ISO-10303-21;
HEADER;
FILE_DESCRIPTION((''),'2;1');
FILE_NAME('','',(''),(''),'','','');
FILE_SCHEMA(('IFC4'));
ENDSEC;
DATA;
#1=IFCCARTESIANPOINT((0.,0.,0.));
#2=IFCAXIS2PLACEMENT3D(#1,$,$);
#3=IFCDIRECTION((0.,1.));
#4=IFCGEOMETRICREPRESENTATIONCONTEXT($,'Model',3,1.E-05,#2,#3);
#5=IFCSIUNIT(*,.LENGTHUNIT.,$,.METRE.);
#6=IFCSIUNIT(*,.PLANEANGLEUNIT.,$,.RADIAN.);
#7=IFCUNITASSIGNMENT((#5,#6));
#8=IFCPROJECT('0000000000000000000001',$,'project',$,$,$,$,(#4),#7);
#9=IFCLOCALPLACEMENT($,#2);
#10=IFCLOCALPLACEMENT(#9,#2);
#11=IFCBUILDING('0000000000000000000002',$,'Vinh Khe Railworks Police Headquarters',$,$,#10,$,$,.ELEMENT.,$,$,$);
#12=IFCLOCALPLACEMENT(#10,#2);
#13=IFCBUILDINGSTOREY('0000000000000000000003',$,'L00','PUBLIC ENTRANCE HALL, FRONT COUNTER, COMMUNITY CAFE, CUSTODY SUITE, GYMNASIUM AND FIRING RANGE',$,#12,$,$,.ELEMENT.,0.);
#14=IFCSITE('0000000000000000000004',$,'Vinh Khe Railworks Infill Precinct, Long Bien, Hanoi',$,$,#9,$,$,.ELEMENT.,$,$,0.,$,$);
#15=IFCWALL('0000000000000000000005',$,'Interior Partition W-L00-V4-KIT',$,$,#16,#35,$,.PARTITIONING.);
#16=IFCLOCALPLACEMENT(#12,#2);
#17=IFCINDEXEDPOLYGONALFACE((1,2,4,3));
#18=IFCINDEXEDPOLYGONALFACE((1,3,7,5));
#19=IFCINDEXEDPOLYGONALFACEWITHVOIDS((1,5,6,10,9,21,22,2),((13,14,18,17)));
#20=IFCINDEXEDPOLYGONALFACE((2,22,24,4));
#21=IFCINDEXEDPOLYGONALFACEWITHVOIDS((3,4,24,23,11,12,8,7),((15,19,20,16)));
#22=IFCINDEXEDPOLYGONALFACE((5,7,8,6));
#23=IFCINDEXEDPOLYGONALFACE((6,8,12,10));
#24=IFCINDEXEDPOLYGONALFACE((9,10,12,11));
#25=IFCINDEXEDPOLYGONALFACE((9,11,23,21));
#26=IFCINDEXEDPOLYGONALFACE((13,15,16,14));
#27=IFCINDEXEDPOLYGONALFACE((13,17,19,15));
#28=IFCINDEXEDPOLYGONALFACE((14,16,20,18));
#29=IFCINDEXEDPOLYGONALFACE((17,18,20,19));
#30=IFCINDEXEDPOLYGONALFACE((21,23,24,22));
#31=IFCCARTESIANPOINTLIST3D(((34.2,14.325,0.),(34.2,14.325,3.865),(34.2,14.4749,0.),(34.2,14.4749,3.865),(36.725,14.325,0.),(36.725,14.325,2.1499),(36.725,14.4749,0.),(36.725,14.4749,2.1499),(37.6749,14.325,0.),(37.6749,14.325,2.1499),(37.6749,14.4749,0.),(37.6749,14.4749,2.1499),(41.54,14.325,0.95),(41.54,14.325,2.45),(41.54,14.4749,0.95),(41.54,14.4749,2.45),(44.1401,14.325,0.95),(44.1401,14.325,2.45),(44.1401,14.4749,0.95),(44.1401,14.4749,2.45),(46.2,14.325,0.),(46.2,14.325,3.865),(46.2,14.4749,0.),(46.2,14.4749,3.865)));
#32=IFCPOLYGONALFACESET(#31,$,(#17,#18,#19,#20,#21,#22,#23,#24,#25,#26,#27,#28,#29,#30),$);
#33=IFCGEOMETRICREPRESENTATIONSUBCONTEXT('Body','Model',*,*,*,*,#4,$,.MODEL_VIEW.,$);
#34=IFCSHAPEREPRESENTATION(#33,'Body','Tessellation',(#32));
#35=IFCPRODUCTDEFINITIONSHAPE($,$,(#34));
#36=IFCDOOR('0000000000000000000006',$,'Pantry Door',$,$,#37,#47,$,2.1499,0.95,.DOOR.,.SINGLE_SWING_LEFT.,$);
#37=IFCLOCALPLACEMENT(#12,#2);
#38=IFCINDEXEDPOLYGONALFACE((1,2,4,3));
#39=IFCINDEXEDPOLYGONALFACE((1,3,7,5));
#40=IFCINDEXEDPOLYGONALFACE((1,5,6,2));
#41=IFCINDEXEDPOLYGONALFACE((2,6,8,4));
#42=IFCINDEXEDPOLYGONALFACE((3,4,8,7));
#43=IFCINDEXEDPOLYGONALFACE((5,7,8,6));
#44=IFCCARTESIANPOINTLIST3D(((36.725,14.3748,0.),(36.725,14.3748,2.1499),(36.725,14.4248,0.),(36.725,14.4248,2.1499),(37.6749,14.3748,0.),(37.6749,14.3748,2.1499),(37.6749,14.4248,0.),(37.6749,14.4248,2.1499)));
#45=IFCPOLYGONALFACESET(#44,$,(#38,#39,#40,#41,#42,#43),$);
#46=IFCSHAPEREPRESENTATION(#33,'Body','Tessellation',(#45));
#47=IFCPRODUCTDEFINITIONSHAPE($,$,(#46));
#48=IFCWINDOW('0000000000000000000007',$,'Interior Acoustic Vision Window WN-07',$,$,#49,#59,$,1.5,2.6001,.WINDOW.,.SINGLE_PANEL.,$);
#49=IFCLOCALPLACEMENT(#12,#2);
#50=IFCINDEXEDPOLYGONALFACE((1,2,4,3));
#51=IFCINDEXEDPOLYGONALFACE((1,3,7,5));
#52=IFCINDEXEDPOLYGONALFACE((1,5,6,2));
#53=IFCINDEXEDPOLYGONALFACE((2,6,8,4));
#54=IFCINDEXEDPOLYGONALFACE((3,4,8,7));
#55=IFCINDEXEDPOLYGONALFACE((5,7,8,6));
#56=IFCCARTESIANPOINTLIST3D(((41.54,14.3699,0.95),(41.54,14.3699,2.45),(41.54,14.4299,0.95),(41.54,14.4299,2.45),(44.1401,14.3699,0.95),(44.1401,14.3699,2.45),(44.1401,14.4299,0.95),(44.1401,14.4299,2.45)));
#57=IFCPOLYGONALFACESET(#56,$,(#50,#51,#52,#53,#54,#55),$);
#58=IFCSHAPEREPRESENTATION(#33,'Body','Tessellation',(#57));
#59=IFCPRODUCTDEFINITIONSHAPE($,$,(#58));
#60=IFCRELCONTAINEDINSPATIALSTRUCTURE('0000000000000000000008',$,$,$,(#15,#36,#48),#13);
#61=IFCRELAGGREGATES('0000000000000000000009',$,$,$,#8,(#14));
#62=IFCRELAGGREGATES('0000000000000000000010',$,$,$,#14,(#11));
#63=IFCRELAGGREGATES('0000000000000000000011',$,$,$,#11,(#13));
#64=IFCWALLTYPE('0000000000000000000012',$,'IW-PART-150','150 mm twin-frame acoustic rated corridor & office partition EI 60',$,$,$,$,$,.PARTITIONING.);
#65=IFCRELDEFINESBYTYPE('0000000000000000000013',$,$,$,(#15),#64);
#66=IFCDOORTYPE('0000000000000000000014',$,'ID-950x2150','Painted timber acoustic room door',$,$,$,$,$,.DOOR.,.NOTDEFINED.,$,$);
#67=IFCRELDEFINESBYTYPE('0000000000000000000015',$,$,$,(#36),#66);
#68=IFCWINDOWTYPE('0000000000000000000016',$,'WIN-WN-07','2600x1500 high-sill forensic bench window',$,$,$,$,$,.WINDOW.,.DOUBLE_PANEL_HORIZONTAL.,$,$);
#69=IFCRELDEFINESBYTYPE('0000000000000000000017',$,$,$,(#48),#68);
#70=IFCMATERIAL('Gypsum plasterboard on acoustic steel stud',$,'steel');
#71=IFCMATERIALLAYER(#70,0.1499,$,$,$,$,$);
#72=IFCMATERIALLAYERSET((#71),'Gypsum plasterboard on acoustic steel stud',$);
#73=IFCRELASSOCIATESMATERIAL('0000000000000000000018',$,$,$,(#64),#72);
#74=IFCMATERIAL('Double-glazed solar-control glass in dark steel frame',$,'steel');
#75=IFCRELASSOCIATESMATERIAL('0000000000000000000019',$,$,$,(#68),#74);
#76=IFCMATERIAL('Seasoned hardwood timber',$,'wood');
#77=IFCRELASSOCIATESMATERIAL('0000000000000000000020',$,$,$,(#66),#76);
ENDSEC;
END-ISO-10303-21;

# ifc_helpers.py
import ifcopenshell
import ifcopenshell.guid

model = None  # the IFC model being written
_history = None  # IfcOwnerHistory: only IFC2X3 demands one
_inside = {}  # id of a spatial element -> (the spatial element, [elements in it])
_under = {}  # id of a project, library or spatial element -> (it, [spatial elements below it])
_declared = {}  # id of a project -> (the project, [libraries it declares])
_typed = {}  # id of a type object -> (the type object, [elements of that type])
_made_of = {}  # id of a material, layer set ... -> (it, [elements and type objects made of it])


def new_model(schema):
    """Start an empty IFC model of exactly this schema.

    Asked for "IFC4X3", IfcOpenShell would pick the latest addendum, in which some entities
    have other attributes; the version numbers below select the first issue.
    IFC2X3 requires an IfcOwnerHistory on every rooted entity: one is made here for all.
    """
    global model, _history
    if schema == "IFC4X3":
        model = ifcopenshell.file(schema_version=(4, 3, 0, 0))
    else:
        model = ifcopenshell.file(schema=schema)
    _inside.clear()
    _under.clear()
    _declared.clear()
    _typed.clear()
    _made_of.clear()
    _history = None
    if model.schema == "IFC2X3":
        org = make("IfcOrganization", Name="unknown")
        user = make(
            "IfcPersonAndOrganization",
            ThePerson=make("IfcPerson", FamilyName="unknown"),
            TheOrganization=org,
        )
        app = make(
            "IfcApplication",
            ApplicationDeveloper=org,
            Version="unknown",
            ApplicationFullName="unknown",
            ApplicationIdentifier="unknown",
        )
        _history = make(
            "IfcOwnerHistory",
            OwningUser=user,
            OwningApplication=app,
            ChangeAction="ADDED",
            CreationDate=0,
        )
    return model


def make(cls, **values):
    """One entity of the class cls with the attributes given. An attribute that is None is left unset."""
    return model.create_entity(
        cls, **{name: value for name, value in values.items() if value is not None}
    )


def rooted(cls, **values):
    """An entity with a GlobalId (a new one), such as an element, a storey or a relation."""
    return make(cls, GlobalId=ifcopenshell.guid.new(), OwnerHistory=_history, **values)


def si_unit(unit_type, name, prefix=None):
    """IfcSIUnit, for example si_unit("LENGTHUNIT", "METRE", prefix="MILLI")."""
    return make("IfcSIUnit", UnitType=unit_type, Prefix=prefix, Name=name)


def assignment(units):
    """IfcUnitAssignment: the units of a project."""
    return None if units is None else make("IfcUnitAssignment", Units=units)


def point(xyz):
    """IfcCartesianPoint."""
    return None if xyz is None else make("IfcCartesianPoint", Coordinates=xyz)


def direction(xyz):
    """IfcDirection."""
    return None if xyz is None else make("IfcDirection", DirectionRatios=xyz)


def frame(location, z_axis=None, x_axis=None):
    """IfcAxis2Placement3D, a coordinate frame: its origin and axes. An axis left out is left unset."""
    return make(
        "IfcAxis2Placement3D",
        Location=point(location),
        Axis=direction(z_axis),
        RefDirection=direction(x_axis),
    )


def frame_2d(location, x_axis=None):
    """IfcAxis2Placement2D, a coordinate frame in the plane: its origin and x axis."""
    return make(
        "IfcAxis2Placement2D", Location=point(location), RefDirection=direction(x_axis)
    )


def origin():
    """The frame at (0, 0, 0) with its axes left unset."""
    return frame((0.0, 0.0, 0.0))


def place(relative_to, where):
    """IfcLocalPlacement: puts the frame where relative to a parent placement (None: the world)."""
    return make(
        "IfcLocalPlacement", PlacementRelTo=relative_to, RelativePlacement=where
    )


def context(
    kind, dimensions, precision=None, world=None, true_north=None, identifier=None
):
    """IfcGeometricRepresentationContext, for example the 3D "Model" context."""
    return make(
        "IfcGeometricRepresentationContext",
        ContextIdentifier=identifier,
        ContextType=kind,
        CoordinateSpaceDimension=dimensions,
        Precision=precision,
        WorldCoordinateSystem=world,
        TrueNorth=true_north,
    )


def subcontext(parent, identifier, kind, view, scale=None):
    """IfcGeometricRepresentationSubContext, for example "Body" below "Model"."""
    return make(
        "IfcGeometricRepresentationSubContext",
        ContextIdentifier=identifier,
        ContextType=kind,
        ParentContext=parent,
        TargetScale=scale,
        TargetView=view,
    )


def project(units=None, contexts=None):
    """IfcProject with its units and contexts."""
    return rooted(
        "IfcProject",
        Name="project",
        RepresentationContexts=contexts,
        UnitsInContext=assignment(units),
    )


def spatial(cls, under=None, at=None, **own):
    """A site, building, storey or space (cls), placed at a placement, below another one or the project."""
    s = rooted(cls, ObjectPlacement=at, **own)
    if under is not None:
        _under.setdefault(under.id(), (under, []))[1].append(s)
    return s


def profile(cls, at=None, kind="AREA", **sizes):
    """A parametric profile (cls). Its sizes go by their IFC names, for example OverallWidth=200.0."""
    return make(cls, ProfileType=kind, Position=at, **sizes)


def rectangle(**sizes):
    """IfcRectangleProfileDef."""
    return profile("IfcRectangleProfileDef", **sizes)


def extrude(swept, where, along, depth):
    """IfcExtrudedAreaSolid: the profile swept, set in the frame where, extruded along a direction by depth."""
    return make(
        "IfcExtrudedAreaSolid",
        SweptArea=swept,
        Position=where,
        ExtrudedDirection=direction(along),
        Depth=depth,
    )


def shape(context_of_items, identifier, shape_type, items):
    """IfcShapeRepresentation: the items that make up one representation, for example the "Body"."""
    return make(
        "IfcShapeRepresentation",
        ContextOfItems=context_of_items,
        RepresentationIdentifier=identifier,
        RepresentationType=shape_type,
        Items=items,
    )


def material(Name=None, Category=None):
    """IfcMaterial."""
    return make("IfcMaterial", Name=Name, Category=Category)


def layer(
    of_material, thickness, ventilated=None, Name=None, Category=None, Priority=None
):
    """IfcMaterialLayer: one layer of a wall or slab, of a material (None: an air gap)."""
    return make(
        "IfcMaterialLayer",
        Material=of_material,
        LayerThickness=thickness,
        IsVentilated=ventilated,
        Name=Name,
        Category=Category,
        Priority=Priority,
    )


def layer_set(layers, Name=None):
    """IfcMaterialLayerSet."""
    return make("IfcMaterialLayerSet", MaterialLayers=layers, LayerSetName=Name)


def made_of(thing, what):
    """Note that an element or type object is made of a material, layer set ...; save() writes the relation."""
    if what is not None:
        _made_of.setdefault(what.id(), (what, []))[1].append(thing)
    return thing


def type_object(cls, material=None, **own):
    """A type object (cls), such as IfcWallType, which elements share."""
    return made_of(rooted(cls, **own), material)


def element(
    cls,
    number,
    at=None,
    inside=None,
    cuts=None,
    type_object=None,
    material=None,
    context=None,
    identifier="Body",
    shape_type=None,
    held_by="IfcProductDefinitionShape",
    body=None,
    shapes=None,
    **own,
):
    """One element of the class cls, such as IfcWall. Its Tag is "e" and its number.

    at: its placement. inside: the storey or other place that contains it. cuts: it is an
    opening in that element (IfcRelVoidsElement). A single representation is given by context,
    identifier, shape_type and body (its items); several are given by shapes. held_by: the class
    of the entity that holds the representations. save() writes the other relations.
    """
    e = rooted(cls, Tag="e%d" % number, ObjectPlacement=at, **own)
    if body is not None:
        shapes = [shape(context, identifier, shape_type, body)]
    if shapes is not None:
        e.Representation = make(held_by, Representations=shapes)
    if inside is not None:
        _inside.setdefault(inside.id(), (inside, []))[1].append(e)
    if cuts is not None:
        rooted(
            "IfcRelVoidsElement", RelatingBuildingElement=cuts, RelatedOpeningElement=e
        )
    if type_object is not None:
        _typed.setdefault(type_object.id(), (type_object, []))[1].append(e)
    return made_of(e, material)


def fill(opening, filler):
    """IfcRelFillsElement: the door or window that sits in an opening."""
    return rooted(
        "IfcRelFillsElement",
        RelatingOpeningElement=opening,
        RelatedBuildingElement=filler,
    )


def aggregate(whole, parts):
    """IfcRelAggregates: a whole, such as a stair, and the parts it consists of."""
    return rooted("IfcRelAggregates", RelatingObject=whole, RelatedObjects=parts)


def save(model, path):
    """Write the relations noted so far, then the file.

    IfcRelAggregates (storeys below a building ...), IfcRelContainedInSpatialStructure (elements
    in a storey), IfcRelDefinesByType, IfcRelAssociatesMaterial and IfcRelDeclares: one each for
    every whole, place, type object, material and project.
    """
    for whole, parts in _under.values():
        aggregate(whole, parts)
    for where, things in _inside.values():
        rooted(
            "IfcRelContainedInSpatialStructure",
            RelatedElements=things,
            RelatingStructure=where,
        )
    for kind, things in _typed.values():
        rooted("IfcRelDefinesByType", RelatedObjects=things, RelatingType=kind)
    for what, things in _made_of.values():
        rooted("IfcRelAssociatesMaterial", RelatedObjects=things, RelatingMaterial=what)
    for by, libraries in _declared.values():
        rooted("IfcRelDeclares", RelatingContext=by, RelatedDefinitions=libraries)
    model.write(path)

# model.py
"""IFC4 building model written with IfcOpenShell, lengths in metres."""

from ifc_helpers import new_model, si_unit, direction, frame, frame_2d, origin, place, context, subcontext, project, spatial, rectangle, extrude, material, layer, layer_set, type_object, element, fill, save


model = new_model("IFC4")

# Units and contexts
model_context = context("Model", 3, precision=1e-05, world=origin(), true_north=direction((0.0, 1.0)))
body_context = subcontext(model_context, "Body", "Model", "MODEL_VIEW")
ifc_project = project(units=[si_unit("LENGTHUNIT", "METRE"), si_unit("PLANEANGLEUNIT", "RADIAN")], contexts=[model_context])

# Site, building, storey
site_placement = place(None, origin())
site = spatial("IfcSite", under=ifc_project, at=site_placement, Name="Vinh Khe Railworks Infill Precinct, Long Bien, Hanoi", CompositionType="ELEMENT", RefElevation=0.0)
building_placement = place(site_placement, origin())
building = spatial("IfcBuilding", under=site, at=building_placement, Name="Vinh Khe Railworks Police Headquarters", CompositionType="ELEMENT")
storey_placement = place(building_placement, origin())
storey = spatial("IfcBuildingStorey", under=building, at=storey_placement, Name="L00", Description="PUBLIC ENTRANCE HALL, FRONT COUNTER, COMMUNITY CAFE, CUSTODY SUITE, GYMNASIUM AND FIRING RANGE", CompositionType="ELEMENT", Elevation=0.0)

# Shared definitions
ifc_material_1 = material(Name="Double-glazed solar-control glass in dark steel frame", Category="steel")

# Wall, openings, door, window
ifc_material_2 = material(Name="Gypsum plasterboard on acoustic steel stud", Category="steel")
ifc_layer_1 = layer(ifc_material_2, 0.1499)
ifc_layer_set_1 = layer_set([ifc_layer_1], Name="Gypsum plasterboard on acoustic steel stud")
wall_type_1 = type_object("IfcWallType", Name="IW-PART-150", Description="150 mm twin-frame acoustic rated corridor & office partition EI 60", PredefinedType="PARTITIONING", material=ifc_layer_set_1)
window_type_1 = type_object("IfcWindowType", Name="WIN-WN-07", Description="2600x1500 high-sill forensic bench window", PartitioningType="DOUBLE_PANEL_HORIZONTAL", PredefinedType="WINDOW", material=ifc_material_1)
wall_1_placement = place(storey_placement, frame((34.2, 14.3999, 0.0), z_axis=(0.0, 0.0, 1.0), x_axis=(1.0, 0.0, 0.0)))
wall_1 = element("IfcWall", 1, at=wall_1_placement, inside=storey, type_object=wall_type_1, Name="Interior Partition W-L00-V4-KIT", PredefinedType="PARTITIONING", context=body_context, shape_type="SweptSolid", body=[
    extrude(rectangle(XDim=12.0, YDim=0.1499, at=frame_2d((6.0, 0.0))), origin(), (0.0, 0.0, 1.0), 3.865),
])
opening_1_placement = place(wall_1_placement, frame((2.5249, 0.0, 0.0)))
opening_1 = element("IfcOpeningElement", 2, at=opening_1_placement, cuts=wall_1, PredefinedType="OPENING", context=body_context, shape_type="SweptSolid", body=[
    extrude(rectangle(XDim=0.95, YDim=2.1499, at=frame_2d((0.4751, 1.075))), frame((0.0, 0.0898, 0.0), z_axis=(0.0, -1.0, 0.0), x_axis=(1.0, 0.0, 0.0)), (0.0, 0.0, 1.0), 0.1797),
])
opening_2_placement = place(wall_1_placement, frame((7.3401, 0.0, 0.95)))
opening_2 = element("IfcOpeningElement", 3, at=opening_2_placement, cuts=wall_1, PredefinedType="OPENING", context=body_context, shape_type="SweptSolid", body=[
    extrude(rectangle(XDim=2.6001, YDim=1.5, at=frame_2d((1.3, 0.75))), frame((0.0, 0.0898, 0.0), z_axis=(0.0, -1.0, 0.0), x_axis=(1.0, 0.0, 0.0)), (0.0, 0.0, 1.0), 0.1797),
])
ifc_material_3 = material(Name="Seasoned hardwood timber", Category="wood")
door_type_1 = type_object("IfcDoorType", Name="ID-950x2150", Description="Painted timber acoustic room door", OperationType="NOTDEFINED", PredefinedType="DOOR", material=ifc_material_3)
door_1_placement = place(opening_1_placement, origin())
door_1 = element("IfcDoor", 4, at=door_1_placement, inside=storey, type_object=door_type_1, Name="Pantry Door", OperationType="SINGLE_SWING_LEFT", OverallHeight=2.1499, OverallWidth=0.95, PredefinedType="DOOR", context=body_context, shape_type="SweptSolid", body=[
    extrude(rectangle(XDim=0.95, YDim=2.1499, at=frame_2d((0.4751, 1.075))), frame((0.0, 0.0249, 0.0), z_axis=(0.0, -1.0, 0.0), x_axis=(1.0, 0.0, 0.0)), (0.0, 0.0, 1.0), 0.05),
])
fill(opening_1, door_1)
window_1_placement = place(opening_2_placement, origin())
window_1 = element("IfcWindow", 5, at=window_1_placement, inside=storey, type_object=window_type_1, Name="Interior Acoustic Vision Window WN-07", OverallHeight=1.5, OverallWidth=2.6001, PartitioningType="SINGLE_PANEL", PredefinedType="WINDOW", context=body_context, shape_type="SweptSolid", body=[
    extrude(rectangle(XDim=2.6001, YDim=1.5, at=frame_2d((1.3, 0.75))), frame((0.0, 0.03, 0.0), z_axis=(0.0, -1.0, 0.0), x_axis=(1.0, 0.0, 0.0)), (0.0, 0.0, 1.0), 0.0601),
])
fill(opening_2, window_1)

save(model, "model.ifc")
